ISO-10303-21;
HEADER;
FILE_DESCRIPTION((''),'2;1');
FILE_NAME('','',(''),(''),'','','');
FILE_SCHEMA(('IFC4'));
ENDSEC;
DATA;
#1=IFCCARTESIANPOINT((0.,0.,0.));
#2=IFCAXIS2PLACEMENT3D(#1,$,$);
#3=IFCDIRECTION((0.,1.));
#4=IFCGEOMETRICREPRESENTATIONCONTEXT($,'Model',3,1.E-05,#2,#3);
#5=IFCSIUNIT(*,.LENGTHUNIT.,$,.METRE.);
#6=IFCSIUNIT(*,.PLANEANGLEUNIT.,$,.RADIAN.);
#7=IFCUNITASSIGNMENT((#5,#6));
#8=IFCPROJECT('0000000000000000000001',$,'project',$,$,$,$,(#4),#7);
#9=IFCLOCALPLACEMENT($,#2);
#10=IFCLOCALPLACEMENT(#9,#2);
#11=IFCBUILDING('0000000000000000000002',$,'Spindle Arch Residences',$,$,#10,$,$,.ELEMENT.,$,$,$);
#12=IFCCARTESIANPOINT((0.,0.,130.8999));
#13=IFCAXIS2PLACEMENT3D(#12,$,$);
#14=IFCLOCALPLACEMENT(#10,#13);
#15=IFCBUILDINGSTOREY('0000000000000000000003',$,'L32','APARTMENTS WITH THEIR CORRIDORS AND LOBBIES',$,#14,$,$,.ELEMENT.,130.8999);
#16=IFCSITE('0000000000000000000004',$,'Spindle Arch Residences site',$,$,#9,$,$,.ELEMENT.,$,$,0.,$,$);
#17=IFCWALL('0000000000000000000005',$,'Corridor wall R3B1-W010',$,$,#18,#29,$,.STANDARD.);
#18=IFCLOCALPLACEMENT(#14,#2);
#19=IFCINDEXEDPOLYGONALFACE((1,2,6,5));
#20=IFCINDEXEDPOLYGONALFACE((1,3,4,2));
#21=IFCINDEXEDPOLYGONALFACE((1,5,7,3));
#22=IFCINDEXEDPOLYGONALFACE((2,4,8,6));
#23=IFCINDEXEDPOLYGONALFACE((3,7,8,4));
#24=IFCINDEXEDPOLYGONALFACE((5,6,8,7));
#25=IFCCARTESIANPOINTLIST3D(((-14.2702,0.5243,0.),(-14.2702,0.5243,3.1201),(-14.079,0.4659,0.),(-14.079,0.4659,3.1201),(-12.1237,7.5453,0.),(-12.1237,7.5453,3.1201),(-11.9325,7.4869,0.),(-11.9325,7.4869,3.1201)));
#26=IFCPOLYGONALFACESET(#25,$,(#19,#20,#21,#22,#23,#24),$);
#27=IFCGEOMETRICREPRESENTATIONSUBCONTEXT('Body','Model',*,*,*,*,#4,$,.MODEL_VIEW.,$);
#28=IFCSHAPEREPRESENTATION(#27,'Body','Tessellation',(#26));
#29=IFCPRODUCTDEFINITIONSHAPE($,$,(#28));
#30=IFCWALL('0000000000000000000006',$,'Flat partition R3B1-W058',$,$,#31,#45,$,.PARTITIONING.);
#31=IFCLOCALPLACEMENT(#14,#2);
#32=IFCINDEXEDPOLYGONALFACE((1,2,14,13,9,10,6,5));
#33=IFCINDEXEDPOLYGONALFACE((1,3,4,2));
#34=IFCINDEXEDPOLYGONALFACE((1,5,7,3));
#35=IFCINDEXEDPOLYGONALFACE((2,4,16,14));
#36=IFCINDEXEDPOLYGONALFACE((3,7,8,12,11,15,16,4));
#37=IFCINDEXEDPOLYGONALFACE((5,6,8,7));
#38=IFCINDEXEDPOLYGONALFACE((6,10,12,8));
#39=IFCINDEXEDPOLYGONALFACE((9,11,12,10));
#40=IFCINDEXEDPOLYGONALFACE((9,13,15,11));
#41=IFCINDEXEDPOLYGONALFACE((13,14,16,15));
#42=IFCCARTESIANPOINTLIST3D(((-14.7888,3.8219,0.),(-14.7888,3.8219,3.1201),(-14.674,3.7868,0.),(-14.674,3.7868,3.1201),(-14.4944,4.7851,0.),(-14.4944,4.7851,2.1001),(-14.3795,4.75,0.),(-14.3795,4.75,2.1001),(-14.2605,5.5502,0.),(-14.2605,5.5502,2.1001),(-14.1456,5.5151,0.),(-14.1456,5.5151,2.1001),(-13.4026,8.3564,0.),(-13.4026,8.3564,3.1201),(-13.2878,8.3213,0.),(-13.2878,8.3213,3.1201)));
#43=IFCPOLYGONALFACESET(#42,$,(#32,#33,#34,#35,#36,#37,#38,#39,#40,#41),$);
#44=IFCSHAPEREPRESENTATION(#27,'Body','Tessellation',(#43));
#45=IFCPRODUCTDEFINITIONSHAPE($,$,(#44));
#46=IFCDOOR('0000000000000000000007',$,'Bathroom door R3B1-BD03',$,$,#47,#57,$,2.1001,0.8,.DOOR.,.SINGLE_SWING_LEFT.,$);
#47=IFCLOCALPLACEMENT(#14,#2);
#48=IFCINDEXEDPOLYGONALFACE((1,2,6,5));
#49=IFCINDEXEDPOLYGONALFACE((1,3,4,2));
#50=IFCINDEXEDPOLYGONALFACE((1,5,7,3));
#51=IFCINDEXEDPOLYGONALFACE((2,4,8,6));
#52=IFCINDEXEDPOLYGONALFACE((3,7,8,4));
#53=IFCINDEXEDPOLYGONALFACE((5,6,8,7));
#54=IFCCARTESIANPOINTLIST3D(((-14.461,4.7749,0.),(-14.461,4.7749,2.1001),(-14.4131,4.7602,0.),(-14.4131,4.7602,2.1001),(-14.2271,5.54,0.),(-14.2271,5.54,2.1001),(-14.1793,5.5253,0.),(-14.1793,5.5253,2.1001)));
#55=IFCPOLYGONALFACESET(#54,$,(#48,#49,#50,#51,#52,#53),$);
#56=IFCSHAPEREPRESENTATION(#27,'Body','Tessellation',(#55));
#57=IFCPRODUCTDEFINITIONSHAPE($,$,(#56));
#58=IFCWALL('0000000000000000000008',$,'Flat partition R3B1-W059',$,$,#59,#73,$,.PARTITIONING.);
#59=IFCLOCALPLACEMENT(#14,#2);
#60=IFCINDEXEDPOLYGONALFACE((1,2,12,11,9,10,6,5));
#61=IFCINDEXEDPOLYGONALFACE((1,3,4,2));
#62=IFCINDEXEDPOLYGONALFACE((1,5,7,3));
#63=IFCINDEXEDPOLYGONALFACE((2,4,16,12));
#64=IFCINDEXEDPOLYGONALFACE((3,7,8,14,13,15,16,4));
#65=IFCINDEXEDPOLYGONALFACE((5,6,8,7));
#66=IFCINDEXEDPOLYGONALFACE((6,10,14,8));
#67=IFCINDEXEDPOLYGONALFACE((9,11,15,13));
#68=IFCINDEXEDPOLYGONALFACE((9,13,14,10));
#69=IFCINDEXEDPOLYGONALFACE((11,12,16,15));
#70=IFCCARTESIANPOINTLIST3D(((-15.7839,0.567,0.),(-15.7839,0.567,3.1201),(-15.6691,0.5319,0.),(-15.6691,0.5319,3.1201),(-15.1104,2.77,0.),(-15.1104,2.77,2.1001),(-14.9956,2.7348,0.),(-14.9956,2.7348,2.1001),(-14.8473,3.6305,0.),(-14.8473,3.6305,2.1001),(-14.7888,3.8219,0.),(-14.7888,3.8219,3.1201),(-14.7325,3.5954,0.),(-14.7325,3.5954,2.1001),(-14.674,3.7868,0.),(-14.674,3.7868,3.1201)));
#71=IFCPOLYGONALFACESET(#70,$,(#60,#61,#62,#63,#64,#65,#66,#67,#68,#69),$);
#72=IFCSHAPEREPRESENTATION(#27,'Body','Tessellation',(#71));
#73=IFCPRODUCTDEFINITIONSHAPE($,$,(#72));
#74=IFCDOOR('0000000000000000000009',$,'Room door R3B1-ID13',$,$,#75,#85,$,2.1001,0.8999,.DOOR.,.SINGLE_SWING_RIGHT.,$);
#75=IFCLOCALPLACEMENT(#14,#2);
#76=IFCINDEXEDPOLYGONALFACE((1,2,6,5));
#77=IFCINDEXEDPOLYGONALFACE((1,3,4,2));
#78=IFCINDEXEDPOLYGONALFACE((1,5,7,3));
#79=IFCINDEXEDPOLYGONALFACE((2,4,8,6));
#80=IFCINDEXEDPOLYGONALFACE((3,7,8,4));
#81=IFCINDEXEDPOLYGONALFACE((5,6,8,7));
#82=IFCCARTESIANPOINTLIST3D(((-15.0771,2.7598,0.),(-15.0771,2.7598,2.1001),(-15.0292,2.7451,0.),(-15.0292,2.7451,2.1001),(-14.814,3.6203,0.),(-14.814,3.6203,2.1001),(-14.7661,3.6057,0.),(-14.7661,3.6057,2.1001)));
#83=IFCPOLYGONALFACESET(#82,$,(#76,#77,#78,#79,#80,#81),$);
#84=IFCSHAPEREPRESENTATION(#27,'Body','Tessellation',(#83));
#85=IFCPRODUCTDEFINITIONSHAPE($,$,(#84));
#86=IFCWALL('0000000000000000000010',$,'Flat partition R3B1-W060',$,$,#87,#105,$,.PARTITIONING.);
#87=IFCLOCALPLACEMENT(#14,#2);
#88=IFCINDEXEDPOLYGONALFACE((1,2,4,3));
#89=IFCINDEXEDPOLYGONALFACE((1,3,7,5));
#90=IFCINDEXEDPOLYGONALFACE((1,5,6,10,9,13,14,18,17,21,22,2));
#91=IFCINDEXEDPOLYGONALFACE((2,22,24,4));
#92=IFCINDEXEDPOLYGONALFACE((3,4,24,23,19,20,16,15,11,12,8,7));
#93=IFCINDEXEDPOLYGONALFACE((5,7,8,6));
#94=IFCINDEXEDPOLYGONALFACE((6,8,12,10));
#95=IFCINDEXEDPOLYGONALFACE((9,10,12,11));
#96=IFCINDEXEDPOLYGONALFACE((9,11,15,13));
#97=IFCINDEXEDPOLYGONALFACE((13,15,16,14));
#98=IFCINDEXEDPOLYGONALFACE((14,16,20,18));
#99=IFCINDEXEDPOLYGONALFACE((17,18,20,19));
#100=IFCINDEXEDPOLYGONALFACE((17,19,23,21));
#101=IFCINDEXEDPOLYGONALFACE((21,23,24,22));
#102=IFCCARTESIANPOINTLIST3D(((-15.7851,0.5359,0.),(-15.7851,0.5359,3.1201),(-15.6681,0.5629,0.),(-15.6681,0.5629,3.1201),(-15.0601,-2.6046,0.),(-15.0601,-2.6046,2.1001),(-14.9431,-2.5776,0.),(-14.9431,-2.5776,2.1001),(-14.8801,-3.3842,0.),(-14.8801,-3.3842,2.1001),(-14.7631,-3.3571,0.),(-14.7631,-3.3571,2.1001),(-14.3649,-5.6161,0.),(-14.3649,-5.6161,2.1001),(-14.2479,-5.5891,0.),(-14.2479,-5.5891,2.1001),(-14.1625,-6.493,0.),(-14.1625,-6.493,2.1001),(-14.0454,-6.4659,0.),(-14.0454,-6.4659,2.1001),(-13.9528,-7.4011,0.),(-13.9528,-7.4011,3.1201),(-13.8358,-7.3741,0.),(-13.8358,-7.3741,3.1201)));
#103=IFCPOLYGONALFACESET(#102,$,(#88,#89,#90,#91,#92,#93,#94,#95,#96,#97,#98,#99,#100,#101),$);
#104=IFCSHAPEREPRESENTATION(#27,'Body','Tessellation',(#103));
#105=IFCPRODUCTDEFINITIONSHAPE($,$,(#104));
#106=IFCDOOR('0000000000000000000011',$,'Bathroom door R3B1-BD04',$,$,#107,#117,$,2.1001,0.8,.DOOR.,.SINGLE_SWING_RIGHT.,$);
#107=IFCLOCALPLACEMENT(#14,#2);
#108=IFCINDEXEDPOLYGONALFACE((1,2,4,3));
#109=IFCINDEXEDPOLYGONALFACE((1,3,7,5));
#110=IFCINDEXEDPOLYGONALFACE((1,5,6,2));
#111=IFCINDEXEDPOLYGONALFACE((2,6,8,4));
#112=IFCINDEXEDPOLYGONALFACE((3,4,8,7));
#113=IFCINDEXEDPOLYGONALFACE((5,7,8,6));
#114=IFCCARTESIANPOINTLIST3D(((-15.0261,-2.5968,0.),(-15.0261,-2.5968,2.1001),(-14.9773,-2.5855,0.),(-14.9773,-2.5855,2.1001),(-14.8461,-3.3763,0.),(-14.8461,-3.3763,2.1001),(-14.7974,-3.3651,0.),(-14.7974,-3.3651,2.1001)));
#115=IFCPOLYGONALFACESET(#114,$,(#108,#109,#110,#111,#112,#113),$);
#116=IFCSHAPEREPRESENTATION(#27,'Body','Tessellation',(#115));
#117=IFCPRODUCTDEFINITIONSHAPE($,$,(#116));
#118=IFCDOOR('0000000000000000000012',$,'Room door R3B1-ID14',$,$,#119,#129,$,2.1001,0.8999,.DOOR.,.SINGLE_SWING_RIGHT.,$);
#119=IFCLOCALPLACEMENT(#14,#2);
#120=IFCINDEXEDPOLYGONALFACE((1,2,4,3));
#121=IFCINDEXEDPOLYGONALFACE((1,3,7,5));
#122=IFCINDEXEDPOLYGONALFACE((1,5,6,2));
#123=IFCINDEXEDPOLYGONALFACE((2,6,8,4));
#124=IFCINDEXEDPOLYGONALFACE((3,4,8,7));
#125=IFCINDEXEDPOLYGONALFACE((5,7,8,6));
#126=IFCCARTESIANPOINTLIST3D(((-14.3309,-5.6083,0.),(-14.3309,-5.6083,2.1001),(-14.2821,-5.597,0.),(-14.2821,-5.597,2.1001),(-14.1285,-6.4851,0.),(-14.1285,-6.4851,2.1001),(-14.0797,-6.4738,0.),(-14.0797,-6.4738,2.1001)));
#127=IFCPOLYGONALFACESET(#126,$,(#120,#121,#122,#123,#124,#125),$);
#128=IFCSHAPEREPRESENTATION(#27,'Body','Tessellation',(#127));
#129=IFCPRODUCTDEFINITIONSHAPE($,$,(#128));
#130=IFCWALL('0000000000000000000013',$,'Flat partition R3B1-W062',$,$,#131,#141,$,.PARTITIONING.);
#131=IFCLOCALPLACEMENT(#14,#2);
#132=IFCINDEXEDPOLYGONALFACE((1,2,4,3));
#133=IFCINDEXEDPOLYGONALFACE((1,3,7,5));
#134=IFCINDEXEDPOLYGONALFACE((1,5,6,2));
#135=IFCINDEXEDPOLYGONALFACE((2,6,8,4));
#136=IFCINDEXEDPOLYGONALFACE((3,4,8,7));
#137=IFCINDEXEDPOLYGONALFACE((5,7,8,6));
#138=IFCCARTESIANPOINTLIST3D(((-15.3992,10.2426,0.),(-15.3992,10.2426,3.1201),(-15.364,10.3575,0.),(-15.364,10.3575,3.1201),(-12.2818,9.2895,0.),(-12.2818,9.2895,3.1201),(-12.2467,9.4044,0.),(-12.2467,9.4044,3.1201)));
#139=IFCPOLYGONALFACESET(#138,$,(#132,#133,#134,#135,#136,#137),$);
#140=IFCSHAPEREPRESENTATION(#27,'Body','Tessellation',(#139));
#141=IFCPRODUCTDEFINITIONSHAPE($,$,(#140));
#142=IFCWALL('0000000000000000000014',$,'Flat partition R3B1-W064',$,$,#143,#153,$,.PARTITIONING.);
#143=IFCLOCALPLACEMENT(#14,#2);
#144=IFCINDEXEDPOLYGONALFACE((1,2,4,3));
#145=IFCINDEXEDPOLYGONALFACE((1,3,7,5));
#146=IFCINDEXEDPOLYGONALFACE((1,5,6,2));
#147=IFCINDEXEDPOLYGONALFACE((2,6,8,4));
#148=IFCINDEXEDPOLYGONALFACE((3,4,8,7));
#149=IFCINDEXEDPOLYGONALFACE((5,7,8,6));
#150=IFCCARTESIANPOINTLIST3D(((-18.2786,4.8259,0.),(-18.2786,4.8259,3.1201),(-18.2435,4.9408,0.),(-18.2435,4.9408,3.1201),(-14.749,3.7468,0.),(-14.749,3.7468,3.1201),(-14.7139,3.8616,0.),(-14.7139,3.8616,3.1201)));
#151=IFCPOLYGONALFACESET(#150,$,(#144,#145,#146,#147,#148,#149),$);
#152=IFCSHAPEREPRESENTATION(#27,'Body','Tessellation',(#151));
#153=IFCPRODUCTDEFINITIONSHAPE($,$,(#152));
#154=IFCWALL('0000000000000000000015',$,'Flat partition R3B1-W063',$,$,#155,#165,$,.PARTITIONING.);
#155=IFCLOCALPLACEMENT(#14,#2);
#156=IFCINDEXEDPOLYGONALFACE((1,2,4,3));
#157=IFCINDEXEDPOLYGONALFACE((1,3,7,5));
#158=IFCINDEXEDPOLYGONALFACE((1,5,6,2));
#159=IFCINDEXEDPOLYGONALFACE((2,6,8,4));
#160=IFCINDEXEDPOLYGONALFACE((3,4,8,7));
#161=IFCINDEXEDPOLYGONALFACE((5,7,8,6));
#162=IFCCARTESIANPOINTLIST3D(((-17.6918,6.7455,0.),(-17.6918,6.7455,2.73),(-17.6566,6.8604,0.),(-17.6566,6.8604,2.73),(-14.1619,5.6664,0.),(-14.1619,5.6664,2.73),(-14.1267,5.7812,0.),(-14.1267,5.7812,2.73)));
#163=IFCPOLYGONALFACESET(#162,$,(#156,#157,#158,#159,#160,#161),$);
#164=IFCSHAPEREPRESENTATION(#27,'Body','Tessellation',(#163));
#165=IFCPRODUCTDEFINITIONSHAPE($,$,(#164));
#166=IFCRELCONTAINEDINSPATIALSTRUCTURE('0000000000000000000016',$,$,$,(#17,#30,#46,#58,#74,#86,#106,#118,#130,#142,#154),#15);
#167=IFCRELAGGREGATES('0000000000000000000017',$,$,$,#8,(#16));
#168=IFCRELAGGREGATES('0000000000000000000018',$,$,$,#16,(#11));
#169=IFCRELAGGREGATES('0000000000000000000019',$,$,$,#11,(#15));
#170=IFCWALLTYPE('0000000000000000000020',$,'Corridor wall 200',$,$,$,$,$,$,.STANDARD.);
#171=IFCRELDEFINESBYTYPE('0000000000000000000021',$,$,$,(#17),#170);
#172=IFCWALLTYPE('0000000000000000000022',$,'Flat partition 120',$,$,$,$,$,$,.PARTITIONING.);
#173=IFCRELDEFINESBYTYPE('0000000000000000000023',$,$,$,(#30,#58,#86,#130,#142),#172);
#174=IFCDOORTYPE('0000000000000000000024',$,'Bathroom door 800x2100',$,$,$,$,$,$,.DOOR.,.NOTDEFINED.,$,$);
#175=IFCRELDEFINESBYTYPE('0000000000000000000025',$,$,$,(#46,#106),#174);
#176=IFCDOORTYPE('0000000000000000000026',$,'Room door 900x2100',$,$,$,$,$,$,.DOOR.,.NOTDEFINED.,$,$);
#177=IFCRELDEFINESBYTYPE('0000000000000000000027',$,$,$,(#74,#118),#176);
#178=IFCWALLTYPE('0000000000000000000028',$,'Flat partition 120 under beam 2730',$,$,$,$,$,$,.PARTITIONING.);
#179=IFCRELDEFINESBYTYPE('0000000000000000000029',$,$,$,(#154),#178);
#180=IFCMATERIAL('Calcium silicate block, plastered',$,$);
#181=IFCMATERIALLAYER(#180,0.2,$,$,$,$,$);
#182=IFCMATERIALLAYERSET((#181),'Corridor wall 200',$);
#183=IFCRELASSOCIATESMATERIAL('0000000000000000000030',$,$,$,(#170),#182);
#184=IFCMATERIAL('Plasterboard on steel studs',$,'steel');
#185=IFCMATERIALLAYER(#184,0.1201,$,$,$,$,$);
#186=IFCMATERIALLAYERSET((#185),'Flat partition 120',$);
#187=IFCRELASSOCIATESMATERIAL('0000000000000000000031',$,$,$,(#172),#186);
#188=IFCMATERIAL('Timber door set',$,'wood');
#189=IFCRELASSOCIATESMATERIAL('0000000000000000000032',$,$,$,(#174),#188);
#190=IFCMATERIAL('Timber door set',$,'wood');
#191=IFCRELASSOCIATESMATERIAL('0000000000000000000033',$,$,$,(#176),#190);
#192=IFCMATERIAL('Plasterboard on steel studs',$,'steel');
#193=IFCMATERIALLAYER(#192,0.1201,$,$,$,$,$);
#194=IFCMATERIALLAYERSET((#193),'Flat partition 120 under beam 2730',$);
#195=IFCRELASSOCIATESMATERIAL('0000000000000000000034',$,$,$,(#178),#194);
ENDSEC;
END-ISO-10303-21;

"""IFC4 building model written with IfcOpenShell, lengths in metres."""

from ifc_helpers import new_model, si_unit, direction, frame, frame_2d, origin, place, context, subcontext, project, spatial, rectangle, extrude, material, layer, layer_set, type_object, element, fill, save


model = new_model("IFC4")

# Units and contexts
model_context = context("Model", 3, precision=1e-05, world=origin(), true_north=direction((0.0, 1.0)))
body_context = subcontext(model_context, "Body", "Model", "MODEL_VIEW")
ifc_project = project(units=[si_unit("LENGTHUNIT", "METRE"), si_unit("PLANEANGLEUNIT", "RADIAN")], contexts=[model_context])

# Site, building, storey
site_placement = place(None, origin())
site = spatial("IfcSite", under=ifc_project, at=site_placement, Name="Spindle Arch Residences site", CompositionType="ELEMENT", RefElevation=0.0)
building_placement = place(site_placement, origin())
building = spatial("IfcBuilding", under=site, at=building_placement, Name="Spindle Arch Residences", CompositionType="ELEMENT")
storey_placement = place(building_placement, frame((0.0, 0.0, 130.8999)))
storey = spatial("IfcBuildingStorey", under=building, at=storey_placement, Name="L32", Description="APARTMENTS WITH THEIR CORRIDORS AND LOBBIES", CompositionType="ELEMENT", Elevation=130.8999)

# Wall
ifc_material_1 = material(Name="Calcium silicate block, plastered")
ifc_layer_1 = layer(ifc_material_1, 0.2)
ifc_layer_set_1 = layer_set([ifc_layer_1], Name="Corridor wall 200")
wall_type_1 = type_object("IfcWallType", Name="Corridor wall 200", PredefinedType="STANDARD", material=ifc_layer_set_1)
wall_1_placement = place(storey_placement, frame((-12.0281, 7.5161, 0.0), z_axis=(0.0, 0.0, 1.0), x_axis=(-0.292366, -0.956307, 0.0)))
element("IfcWall", 1, at=wall_1_placement, inside=storey, type_object=wall_type_1, Name="Corridor wall R3B1-W010", PredefinedType="STANDARD", context=body_context, shape_type="SweptSolid", body=[
    extrude(rectangle(XDim=7.3418, YDim=0.2, at=frame_2d((3.6709, 0.0))), origin(), (0.0, 0.0, 1.0), 3.1201),
])

# Walls, openings, doors
ifc_material_2 = material(Name="Plasterboard on steel studs", Category="steel")
ifc_layer_2 = layer(ifc_material_2, 0.1201)
ifc_layer_set_2 = layer_set([ifc_layer_2], Name="Flat partition 120")
wall_type_2 = type_object("IfcWallType", Name="Flat partition 120", PredefinedType="PARTITIONING", material=ifc_layer_set_2)
wall_2_placement = place(storey_placement, frame((-13.3452, 8.3389, 0.0), z_axis=(0.0, 0.0, 1.0), x_axis=(-0.292341, -0.956314, 0.0)))
wall_2 = element("IfcWall", 2, at=wall_2_placement, inside=storey, type_object=wall_type_2, Name="Flat partition R3B1-W058", PredefinedType="PARTITIONING", context=body_context, shape_type="SweptSolid", body=[
    extrude(rectangle(XDim=4.7417, YDim=0.1201, at=frame_2d((2.3708, 0.0))), origin(), (0.0, 0.0, 1.0), 3.1201),
])
opening_1_placement = place(wall_2_placement, frame((2.9346, 0.0, 0.0)))
opening_1 = element("IfcOpeningElement", 3, at=opening_1_placement, cuts=wall_2, PredefinedType="OPENING", context=body_context, shape_type="SweptSolid", body=[
    extrude(rectangle(XDim=0.8, YDim=2.1001, at=frame_2d((0.3999, 1.05))), frame((0.0, 0.0701, 0.0), z_axis=(0.0, -1.0, 0.0), x_axis=(1.0, 0.0, 0.0)), (0.0, 0.0, 1.0), 0.1401),
])
ifc_material_3 = material(Name="Timber door set", Category="wood")
door_type_1 = type_object("IfcDoorType", Name="Bathroom door 800x2100", OperationType="NOTDEFINED", PredefinedType="DOOR", material=ifc_material_3)
door_1_placement = place(opening_1_placement, origin())
door_1 = element("IfcDoor", 4, at=door_1_placement, inside=storey, type_object=door_type_1, Name="Bathroom door R3B1-BD03", OperationType="SINGLE_SWING_LEFT", OverallHeight=2.1001, OverallWidth=0.8, PredefinedType="DOOR", context=body_context, shape_type="SweptSolid", body=[
    extrude(rectangle(XDim=0.8, YDim=2.1001, at=frame_2d((0.3999, 1.05))), frame((0.0, 0.0249, 0.0), z_axis=(0.0, -1.0, 0.0), x_axis=(1.0, 0.0, 0.0)), (0.0, 0.0, 1.0), 0.05),
])
fill(opening_1, door_1)
wall_3_placement = place(storey_placement, frame((-14.7314, 3.8042, 0.0), z_axis=(0.0, 0.0, 1.0), x_axis=(-0.292372, -0.956305, 0.0)))
wall_3 = element("IfcWall", 5, at=wall_3_placement, inside=storey, type_object=wall_type_2, Name="Flat partition R3B1-W059", PredefinedType="PARTITIONING", context=body_context, shape_type="SweptSolid", body=[
    extrude(rectangle(XDim=3.4036, YDim=0.1201, at=frame_2d((1.7017, 0.0))), origin(), (0.0, 0.0, 1.0), 3.1201),
])
opening_2_placement = place(wall_3_placement, frame((0.2, 0.0, 0.0)))
opening_2 = element("IfcOpeningElement", 6, at=opening_2_placement, cuts=wall_3, PredefinedType="OPENING", context=body_context, shape_type="SweptSolid", body=[
    extrude(rectangle(XDim=0.8999, YDim=2.1001, at=frame_2d((0.45, 1.05))), frame((0.0, 0.0701, 0.0), z_axis=(0.0, -1.0, 0.0), x_axis=(1.0, 0.0, 0.0)), (0.0, 0.0, 1.0), 0.1401),
])
ifc_material_4 = material(Name="Timber door set", Category="wood")
door_type_2 = type_object("IfcDoorType", Name="Room door 900x2100", OperationType="NOTDEFINED", PredefinedType="DOOR", material=ifc_material_4)
door_2_placement = place(opening_2_placement, origin())
door_2 = element("IfcDoor", 7, at=door_2_placement, inside=storey, type_object=door_type_2, Name="Room door R3B1-ID13", OperationType="SINGLE_SWING_RIGHT", OverallHeight=2.1001, OverallWidth=0.8999, PredefinedType="DOOR", context=body_context, shape_type="SweptSolid", body=[
    extrude(rectangle(XDim=0.8999, YDim=2.1001, at=frame_2d((0.45, 1.05))), frame((0.0, 0.0249, 0.0), z_axis=(0.0, -1.0, 0.0), x_axis=(1.0, 0.0, 0.0)), (0.0, 0.0, 1.0), 0.05),
])
fill(opening_2, door_2)

# Wall, openings, doors
wall_4_placement = place(storey_placement, frame((-15.7266, 0.5493, 0.0), z_axis=(0.0, 0.0, 1.0), x_axis=(0.224936, -0.974374, 0.0)))
wall_4 = element("IfcWall", 8, at=wall_4_placement, inside=storey, type_object=wall_type_2, Name="Flat partition R3B1-W060", PredefinedType="PARTITIONING", context=body_context, shape_type="SweptSolid", body=[
    extrude(rectangle(XDim=8.1458, YDim=0.1201, at=frame_2d((4.0728, 0.0))), origin(), (0.0, 0.0, 1.0), 3.1201),
])
opening_3_placement = place(wall_4_placement, frame((3.2231, 0.0, 0.0)))
opening_3 = element("IfcOpeningElement", 9, at=opening_3_placement, cuts=wall_4, PredefinedType="OPENING", context=body_context, shape_type="SweptSolid", body=[
    extrude(rectangle(XDim=0.8, YDim=2.1001, at=frame_2d((0.3999, 1.05))), frame((0.0, 0.0701, 0.0), z_axis=(0.0, -1.0, 0.0), x_axis=(1.0, 0.0, 0.0)), (0.0, 0.0, 1.0), 0.1401),
])
opening_4_placement = place(wall_4_placement, frame((6.3137, 0.0, 0.0)))
opening_4 = element("IfcOpeningElement", 10, at=opening_4_placement, cuts=wall_4, PredefinedType="OPENING", context=body_context, shape_type="SweptSolid", body=[
    extrude(rectangle(XDim=0.8999, YDim=2.1001, at=frame_2d((0.45, 1.05))), frame((0.0, 0.0701, 0.0), z_axis=(0.0, -1.0, 0.0), x_axis=(1.0, 0.0, 0.0)), (0.0, 0.0, 1.0), 0.1401),
])
door_3_placement = place(opening_3_placement, origin())
door_3 = element("IfcDoor", 11, at=door_3_placement, inside=storey, type_object=door_type_1, Name="Bathroom door R3B1-BD04", OperationType="SINGLE_SWING_RIGHT", OverallHeight=2.1001, OverallWidth=0.8, PredefinedType="DOOR", context=body_context, shape_type="SweptSolid", body=[
    extrude(rectangle(XDim=0.8, YDim=2.1001, at=frame_2d((0.3999, 1.05))), frame((0.0, 0.0249, 0.0), z_axis=(0.0, -1.0, 0.0), x_axis=(1.0, 0.0, 0.0)), (0.0, 0.0, 1.0), 0.05),
])
fill(opening_3, door_3)
door_4_placement = place(opening_4_placement, origin())
door_4 = element("IfcDoor", 12, at=door_4_placement, inside=storey, type_object=door_type_2, Name="Room door R3B1-ID14", OperationType="SINGLE_SWING_RIGHT", OverallHeight=2.1001, OverallWidth=0.8999, PredefinedType="DOOR", context=body_context, shape_type="SweptSolid", body=[
    extrude(rectangle(XDim=0.8999, YDim=2.1001, at=frame_2d((0.45, 1.05))), frame((0.0, 0.0249, 0.0), z_axis=(0.0, -1.0, 0.0), x_axis=(1.0, 0.0, 0.0)), (0.0, 0.0, 1.0), 0.05),
])
fill(opening_4, door_4)

# Walls
wall_5_placement = place(storey_placement, frame((-15.3816, 10.3, 0.0), z_axis=(0.0, 0.0, 1.0), x_axis=(0.956302, -0.29238, 0.0)))
element("IfcWall", 13, at=wall_5_placement, inside=storey, type_object=wall_type_2, Name="Flat partition R3B1-W062", PredefinedType="PARTITIONING", context=body_context, shape_type="SweptSolid", body=[
    extrude(rectangle(XDim=3.2598, YDim=0.1201, at=frame_2d((1.6299, 0.0))), origin(), (0.0, 0.0, 1.0), 3.1201),
])
wall_6_placement = place(storey_placement, frame((-14.7314, 3.8042, 0.0), z_axis=(0.0, 0.0, 1.0), x_axis=(-0.956304, 0.292375, 0.0)))
element("IfcWall", 14, at=wall_6_placement, inside=storey, type_object=wall_type_2, Name="Flat partition R3B1-W064", PredefinedType="PARTITIONING", context=body_context, shape_type="SweptSolid", body=[
    extrude(rectangle(XDim=3.6909, YDim=0.1201, at=frame_2d((1.8455, 0.0))), origin(), (0.0, 0.0, 1.0), 3.1201),
])
ifc_material_5 = material(Name="Plasterboard on steel studs", Category="steel")
ifc_layer_3 = layer(ifc_material_5, 0.1201)
ifc_layer_set_3 = layer_set([ifc_layer_3], Name="Flat partition 120 under beam 2730")
wall_type_3 = type_object("IfcWallType", Name="Flat partition 120 under beam 2730", PredefinedType="PARTITIONING", material=ifc_layer_set_3)
wall_7_placement = place(storey_placement, frame((-17.6743, 6.803, 0.0), z_axis=(0.0, 0.0, 1.0), x_axis=(0.956309, -0.292356, 0.0)))
element("IfcWall", 15, at=wall_7_placement, inside=storey, type_object=wall_type_3, Name="Flat partition R3B1-W063", PredefinedType="PARTITIONING", context=body_context, shape_type="SweptSolid", body=[
    extrude(rectangle(XDim=3.6912, YDim=0.1201, at=frame_2d((1.8457, 0.0))), origin(), (0.0, 0.0, 1.0), 2.73),
])

save(model, "model.ifc")
